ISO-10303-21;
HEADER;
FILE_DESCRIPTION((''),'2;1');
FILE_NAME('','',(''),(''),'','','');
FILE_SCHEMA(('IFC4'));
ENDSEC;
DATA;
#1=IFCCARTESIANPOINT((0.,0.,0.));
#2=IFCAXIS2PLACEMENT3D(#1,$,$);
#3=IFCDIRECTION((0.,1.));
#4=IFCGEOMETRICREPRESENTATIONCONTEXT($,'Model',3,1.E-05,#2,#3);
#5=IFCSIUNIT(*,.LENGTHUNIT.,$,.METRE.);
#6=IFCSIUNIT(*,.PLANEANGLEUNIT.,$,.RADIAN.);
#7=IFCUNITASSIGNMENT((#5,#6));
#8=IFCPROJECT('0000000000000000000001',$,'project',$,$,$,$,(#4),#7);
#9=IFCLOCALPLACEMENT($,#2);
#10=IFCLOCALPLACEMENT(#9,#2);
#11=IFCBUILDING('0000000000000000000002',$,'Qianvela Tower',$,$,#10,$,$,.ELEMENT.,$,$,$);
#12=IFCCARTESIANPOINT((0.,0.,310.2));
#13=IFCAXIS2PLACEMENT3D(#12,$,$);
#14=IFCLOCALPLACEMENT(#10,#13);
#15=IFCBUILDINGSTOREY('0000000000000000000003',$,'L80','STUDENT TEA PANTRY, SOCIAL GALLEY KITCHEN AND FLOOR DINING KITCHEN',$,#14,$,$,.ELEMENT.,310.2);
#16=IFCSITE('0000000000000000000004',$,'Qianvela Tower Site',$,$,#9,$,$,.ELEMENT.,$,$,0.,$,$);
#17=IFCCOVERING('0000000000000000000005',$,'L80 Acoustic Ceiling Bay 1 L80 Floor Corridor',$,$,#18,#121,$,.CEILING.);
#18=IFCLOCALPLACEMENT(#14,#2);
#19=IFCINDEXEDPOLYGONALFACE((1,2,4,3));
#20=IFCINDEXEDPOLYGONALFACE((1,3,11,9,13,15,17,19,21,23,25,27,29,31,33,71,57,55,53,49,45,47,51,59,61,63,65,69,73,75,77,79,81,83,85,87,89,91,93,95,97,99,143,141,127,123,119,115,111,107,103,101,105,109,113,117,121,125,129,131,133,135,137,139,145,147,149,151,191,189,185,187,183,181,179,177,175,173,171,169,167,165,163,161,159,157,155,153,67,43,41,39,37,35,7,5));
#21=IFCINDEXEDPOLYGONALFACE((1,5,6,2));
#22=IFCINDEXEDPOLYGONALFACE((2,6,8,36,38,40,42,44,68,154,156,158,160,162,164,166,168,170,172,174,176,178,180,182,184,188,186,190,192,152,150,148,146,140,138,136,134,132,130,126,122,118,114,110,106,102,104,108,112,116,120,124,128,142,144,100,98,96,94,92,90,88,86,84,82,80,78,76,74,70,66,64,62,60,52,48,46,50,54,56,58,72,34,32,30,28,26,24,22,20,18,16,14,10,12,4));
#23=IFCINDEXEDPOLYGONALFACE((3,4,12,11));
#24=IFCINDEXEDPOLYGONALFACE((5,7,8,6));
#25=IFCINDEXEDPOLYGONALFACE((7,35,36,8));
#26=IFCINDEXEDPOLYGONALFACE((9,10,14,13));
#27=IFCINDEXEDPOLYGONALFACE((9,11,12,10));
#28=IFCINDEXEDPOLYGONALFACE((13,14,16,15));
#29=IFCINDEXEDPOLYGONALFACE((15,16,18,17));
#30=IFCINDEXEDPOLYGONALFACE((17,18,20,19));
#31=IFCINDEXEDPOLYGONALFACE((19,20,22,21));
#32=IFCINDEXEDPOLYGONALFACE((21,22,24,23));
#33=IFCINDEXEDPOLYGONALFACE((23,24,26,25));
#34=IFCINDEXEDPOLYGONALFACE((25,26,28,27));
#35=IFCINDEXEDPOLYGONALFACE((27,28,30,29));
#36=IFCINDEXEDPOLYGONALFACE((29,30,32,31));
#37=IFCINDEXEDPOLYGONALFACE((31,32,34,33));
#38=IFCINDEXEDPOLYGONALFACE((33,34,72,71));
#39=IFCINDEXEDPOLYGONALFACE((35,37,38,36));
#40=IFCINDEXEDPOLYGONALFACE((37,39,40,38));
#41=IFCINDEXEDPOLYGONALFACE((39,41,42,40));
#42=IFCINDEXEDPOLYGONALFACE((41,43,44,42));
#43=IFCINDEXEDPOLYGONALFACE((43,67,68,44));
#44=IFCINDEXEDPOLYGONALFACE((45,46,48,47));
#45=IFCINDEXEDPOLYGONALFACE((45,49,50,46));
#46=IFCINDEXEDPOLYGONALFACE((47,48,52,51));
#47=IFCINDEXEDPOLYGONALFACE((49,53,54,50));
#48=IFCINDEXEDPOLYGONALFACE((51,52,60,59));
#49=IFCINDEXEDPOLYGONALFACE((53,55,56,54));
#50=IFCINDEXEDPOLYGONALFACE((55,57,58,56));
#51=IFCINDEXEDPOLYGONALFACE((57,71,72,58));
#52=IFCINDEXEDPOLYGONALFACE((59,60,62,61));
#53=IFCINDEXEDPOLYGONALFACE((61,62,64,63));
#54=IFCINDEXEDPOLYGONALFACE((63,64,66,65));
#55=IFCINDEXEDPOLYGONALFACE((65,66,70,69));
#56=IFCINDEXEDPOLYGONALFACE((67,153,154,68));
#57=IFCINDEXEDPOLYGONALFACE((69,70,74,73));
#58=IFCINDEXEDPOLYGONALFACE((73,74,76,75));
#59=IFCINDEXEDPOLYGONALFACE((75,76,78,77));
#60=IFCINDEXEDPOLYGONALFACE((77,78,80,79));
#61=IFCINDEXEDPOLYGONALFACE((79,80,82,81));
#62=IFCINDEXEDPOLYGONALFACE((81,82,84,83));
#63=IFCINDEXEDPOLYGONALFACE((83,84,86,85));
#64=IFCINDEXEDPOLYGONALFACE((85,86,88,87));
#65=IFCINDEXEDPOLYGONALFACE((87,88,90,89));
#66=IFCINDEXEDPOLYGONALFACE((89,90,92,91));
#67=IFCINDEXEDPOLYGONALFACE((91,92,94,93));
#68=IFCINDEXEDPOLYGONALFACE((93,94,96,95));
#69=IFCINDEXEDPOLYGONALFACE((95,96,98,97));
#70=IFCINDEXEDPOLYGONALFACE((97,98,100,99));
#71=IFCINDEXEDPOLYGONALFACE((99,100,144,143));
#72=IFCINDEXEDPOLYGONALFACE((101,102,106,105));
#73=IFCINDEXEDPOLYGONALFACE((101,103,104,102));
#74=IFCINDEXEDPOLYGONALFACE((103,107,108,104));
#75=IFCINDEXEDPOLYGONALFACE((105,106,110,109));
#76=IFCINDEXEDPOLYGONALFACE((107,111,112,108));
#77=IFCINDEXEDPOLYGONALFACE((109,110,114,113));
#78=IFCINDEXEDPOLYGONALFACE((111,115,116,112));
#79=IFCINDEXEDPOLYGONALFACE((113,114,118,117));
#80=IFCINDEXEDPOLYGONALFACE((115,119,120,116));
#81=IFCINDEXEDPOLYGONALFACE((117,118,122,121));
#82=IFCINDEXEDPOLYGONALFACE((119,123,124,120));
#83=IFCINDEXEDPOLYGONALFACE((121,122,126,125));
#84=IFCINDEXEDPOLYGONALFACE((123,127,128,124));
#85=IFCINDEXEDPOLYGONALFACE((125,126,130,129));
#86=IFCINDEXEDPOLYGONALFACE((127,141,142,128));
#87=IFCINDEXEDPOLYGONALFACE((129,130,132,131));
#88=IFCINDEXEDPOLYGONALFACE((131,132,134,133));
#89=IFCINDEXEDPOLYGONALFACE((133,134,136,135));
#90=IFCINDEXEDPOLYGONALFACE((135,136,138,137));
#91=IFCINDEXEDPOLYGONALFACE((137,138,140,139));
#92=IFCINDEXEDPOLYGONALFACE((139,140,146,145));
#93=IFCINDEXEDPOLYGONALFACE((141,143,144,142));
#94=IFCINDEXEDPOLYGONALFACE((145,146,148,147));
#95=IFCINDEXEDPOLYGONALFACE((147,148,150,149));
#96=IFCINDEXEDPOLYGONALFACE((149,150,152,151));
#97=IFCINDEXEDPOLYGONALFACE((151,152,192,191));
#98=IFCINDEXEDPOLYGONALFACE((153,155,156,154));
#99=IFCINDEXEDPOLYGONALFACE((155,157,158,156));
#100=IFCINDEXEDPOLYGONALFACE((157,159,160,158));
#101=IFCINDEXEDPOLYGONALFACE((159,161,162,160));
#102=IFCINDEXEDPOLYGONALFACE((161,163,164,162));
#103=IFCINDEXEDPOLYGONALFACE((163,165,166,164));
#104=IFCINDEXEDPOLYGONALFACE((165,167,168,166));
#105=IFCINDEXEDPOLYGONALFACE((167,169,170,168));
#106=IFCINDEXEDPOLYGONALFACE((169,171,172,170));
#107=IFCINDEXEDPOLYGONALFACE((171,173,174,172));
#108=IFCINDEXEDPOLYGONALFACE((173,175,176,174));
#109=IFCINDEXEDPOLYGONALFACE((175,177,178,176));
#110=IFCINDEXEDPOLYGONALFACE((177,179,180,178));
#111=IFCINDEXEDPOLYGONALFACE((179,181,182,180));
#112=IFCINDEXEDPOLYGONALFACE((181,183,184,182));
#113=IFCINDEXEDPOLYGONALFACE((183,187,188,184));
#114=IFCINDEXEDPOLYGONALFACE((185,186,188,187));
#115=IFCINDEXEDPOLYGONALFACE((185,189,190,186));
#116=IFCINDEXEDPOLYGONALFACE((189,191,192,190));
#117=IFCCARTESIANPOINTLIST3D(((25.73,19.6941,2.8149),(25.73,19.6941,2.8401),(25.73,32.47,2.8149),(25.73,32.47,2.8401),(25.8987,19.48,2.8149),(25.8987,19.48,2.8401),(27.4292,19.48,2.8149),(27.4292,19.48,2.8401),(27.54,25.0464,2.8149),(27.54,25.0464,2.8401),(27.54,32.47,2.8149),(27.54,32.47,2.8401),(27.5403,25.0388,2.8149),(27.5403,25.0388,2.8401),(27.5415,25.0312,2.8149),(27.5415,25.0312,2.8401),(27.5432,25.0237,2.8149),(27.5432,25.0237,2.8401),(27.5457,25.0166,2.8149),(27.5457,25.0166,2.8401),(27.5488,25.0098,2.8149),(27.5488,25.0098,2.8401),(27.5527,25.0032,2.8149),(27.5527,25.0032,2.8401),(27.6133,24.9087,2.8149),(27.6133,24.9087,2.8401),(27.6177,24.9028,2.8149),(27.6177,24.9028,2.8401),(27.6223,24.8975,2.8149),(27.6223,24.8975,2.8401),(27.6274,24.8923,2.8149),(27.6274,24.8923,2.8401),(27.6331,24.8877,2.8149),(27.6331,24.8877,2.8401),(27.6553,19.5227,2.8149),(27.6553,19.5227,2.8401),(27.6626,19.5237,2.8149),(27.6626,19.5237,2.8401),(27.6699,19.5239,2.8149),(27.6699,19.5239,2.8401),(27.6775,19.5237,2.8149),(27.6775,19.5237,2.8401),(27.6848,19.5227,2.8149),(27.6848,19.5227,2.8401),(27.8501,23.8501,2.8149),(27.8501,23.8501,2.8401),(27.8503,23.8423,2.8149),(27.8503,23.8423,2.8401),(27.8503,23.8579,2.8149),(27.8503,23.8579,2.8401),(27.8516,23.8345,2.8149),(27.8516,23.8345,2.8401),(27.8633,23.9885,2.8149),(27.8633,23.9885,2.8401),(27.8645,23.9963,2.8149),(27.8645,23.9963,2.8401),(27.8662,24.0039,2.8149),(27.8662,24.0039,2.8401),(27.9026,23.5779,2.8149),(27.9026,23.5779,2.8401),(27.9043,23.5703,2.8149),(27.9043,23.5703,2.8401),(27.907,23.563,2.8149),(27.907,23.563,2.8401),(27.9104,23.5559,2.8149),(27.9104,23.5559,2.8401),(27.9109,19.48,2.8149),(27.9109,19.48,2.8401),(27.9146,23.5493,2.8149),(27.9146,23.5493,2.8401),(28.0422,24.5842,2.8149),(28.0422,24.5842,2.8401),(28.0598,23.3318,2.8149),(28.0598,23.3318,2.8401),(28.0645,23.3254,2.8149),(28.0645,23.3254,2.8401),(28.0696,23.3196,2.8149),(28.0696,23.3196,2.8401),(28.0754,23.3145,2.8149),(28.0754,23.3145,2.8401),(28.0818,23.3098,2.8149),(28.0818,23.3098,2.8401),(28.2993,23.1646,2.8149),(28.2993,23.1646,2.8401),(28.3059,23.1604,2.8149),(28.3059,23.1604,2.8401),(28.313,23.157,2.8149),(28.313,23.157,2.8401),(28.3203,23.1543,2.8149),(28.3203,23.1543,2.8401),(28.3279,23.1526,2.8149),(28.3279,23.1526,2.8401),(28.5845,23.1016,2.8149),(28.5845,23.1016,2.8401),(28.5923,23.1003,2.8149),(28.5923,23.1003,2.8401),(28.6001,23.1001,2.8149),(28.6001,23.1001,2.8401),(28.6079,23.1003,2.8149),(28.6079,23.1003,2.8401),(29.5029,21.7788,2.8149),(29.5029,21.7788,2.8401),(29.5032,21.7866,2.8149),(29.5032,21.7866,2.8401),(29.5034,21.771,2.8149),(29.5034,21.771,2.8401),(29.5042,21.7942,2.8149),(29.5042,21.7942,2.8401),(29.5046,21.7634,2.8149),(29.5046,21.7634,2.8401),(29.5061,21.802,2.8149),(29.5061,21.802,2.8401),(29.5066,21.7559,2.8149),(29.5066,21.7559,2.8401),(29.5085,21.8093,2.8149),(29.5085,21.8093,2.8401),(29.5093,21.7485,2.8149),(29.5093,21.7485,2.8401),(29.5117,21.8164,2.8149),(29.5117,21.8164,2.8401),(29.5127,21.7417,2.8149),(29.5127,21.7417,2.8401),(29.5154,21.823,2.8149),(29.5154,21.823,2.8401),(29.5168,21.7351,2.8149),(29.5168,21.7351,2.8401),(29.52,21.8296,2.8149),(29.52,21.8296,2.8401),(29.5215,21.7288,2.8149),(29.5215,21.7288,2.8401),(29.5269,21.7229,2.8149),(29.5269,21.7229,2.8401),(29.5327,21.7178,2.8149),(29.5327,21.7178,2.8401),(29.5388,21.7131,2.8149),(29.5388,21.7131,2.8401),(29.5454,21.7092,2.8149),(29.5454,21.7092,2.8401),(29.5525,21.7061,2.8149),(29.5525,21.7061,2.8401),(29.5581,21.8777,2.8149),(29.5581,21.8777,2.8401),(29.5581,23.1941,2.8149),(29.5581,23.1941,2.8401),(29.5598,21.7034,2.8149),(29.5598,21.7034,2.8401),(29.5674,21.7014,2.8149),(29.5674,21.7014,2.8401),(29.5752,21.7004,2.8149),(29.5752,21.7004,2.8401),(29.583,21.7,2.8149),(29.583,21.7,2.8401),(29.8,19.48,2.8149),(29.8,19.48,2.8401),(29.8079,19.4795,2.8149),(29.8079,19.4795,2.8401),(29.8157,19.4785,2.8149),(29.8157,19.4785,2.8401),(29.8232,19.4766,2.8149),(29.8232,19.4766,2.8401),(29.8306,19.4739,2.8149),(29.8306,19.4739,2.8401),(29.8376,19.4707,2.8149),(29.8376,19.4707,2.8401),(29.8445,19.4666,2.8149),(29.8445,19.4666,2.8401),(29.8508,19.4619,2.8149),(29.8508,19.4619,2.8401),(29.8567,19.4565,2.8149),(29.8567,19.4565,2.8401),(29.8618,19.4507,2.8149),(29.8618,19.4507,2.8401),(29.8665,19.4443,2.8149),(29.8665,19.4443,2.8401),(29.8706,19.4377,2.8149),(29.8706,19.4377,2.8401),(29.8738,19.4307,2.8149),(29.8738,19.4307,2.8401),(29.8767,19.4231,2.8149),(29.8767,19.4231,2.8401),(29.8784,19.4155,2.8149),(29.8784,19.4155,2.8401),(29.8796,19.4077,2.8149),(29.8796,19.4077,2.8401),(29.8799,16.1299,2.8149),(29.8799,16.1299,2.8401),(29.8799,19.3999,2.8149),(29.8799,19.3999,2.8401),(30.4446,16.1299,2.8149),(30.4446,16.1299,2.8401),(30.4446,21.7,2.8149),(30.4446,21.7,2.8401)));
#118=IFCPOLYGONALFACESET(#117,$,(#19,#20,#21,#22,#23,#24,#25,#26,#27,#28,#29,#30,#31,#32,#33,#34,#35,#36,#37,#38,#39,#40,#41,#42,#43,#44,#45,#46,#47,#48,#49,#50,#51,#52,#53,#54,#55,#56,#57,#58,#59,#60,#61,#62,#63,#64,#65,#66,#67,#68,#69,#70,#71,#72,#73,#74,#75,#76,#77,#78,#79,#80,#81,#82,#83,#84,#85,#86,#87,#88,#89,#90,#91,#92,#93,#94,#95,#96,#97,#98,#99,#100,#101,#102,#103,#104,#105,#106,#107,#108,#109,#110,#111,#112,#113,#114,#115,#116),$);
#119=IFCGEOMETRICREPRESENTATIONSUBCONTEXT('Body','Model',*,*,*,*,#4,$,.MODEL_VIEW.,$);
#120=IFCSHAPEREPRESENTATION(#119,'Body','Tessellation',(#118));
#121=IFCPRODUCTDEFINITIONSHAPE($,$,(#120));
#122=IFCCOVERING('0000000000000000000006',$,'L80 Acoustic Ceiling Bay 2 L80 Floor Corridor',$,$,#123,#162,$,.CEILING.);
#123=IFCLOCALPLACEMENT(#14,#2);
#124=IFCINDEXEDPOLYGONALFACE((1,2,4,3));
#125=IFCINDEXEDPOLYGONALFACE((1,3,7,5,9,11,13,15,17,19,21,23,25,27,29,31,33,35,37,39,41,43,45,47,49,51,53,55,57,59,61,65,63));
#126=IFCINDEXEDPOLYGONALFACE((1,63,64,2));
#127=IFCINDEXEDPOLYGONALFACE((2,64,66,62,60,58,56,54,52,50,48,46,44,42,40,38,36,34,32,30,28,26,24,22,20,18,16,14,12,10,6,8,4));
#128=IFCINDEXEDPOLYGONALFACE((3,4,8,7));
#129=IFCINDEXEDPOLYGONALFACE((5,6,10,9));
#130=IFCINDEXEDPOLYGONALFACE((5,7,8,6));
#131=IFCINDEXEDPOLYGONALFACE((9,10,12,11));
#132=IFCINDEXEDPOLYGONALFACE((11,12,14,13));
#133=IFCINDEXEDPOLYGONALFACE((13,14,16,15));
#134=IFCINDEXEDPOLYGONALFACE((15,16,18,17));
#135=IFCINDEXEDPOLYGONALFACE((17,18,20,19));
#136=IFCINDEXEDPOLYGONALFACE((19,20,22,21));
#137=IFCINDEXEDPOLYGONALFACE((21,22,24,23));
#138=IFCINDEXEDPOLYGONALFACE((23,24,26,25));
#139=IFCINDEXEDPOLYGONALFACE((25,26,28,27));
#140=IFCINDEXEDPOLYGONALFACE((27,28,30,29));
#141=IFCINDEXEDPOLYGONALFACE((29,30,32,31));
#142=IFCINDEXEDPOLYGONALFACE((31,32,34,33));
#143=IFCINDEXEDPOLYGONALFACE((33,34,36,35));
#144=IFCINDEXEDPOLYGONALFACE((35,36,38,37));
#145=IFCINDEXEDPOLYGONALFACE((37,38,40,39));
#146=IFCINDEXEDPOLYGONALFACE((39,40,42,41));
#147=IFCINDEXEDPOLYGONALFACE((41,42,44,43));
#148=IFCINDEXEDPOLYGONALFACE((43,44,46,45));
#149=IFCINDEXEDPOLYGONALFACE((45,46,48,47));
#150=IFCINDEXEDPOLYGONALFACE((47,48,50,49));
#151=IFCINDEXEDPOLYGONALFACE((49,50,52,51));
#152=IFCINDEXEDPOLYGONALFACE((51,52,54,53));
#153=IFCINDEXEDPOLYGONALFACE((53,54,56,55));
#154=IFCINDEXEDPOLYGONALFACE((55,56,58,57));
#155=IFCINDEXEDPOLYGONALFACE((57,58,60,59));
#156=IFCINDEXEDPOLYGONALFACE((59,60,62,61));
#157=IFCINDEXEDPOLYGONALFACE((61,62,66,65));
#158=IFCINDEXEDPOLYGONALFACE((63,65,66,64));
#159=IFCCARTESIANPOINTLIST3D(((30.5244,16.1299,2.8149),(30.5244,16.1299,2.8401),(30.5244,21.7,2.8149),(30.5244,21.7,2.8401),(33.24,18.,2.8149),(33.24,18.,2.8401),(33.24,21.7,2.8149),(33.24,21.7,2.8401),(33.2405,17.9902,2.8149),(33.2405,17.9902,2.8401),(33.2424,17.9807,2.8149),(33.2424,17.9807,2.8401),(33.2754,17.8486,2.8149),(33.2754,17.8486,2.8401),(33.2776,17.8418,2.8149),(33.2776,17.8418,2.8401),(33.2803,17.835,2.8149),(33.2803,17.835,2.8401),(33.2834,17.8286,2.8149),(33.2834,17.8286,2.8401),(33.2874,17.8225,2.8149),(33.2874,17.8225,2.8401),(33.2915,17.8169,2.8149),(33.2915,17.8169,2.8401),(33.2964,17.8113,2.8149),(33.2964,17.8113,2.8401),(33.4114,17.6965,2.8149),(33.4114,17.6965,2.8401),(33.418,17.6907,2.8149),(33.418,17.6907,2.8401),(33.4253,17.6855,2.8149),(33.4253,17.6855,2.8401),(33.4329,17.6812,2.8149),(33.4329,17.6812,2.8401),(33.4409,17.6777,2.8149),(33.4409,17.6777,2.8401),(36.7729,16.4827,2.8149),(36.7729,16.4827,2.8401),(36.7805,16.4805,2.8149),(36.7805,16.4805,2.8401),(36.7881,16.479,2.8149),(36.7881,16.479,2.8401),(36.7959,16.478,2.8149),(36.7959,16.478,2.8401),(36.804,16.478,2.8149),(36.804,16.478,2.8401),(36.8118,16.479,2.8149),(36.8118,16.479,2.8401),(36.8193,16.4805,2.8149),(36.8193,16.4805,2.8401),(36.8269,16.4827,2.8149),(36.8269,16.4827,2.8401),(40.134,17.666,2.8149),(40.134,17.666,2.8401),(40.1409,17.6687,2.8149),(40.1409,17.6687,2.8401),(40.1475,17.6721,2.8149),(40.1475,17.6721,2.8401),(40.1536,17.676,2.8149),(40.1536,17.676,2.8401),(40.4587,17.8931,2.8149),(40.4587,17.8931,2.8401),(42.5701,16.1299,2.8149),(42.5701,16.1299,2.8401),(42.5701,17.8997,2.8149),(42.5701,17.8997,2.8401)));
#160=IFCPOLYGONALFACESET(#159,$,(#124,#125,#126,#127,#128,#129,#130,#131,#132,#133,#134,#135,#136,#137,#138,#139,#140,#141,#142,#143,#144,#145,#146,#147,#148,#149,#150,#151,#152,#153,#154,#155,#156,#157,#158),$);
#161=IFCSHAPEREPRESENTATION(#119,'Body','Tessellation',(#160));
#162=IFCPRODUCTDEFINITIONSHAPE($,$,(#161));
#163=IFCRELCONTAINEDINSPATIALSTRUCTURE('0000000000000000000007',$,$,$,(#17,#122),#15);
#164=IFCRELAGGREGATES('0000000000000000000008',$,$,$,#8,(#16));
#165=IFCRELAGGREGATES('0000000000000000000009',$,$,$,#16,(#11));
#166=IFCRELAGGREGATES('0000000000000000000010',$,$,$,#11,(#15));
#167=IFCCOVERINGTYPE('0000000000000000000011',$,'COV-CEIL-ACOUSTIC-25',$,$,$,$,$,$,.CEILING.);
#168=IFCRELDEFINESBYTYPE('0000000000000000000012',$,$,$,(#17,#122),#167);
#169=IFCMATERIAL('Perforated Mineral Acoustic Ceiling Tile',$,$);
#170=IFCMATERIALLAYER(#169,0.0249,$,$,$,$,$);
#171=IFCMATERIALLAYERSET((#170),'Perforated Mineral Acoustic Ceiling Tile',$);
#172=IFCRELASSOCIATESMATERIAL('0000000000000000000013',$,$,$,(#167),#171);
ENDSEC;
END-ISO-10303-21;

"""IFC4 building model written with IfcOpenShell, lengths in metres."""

from ifc_helpers import new_model, si_unit, direction, frame, origin, place, context, subcontext, project, spatial, polyline, outline, extrude, material, layer, layer_set, type_object, element, save


model = new_model("IFC4")

# Units and contexts
model_context = context("Model", 3, precision=1e-05, world=origin(), true_north=direction((0.0, 1.0)))
body_context = subcontext(model_context, "Body", "Model", "MODEL_VIEW")
ifc_project = project(units=[si_unit("LENGTHUNIT", "METRE"), si_unit("PLANEANGLEUNIT", "RADIAN")], contexts=[model_context])

# Site, building, storey
site_placement = place(None, origin())
site = spatial("IfcSite", under=ifc_project, at=site_placement, Name="Qianvela Tower Site", CompositionType="ELEMENT", RefElevation=0.0)
building_placement = place(site_placement, origin())
building = spatial("IfcBuilding", under=site, at=building_placement, Name="Qianvela Tower", CompositionType="ELEMENT")
storey_placement = place(building_placement, frame((0.0, 0.0, 310.2)))
storey = spatial("IfcBuildingStorey", under=building, at=storey_placement, Name="L80", Description="STUDENT TEA PANTRY, SOCIAL GALLEY KITCHEN AND FLOOR DINING KITCHEN", CompositionType="ELEMENT", Elevation=310.2)

# Coverings
ifc_material_1 = material(Name="Perforated Mineral Acoustic Ceiling Tile")
ifc_layer_1 = layer(ifc_material_1, 0.0249)
ifc_layer_set_1 = layer_set([ifc_layer_1], Name="Perforated Mineral Acoustic Ceiling Tile")
covering_type_1 = type_object("IfcCoveringType", Name="COV-CEIL-ACOUSTIC-25", PredefinedType="CEILING", material=ifc_layer_set_1)
covering_1_placement = place(storey_placement, frame((0.0, 0.0, 2.8149)))
element("IfcCovering", 1, at=covering_1_placement, inside=storey, type_object=covering_type_1, Name="L80 Acoustic Ceiling Bay 1 L80 Floor Corridor", PredefinedType="CEILING", context=body_context, shape_type="SweptSolid", body=[
    extrude(outline(polyline([(27.54, 32.47), (27.54, 25.0464), (27.5403, 25.0388), (27.5415, 25.0312), (27.5432, 25.0237), (27.5457, 25.0166), (27.5488, 25.0098), (27.5527, 25.0032), (27.6133, 24.9087), (27.6177, 24.9028), (27.6223, 24.8975), (27.6274, 24.8923), (27.6331, 24.8877), (28.0422, 24.5842), (27.8662, 24.0039), (27.8645, 23.9963), (27.8633, 23.9885), (27.8503, 23.8579), (27.8501, 23.8501), (27.8503, 23.8423), (27.8516, 23.8345), (27.9026, 23.5779), (27.9043, 23.5703), (27.907, 23.563), (27.9104, 23.5559), (27.9146, 23.5493), (28.0598, 23.3318), (28.0645, 23.3254), (28.0696, 23.3196), (28.0754, 23.3145), (28.0818, 23.3098), (28.2993, 23.1646), (28.3059, 23.1604), (28.313, 23.157), (28.3203, 23.1543), (28.3279, 23.1526), (28.5845, 23.1016), (28.5923, 23.1003), (28.6001, 23.1001), (28.6079, 23.1003), (29.5581, 23.1941), (29.5581, 21.8777), (29.52, 21.8296), (29.5154, 21.823), (29.5117, 21.8164), (29.5085, 21.8093), (29.5061, 21.802), (29.5042, 21.7942), (29.5032, 21.7866), (29.5029, 21.7788), (29.5034, 21.771), (29.5046, 21.7634), (29.5066, 21.7559), (29.5093, 21.7485), (29.5127, 21.7417), (29.5168, 21.7351), (29.5215, 21.7288), (29.5269, 21.7229), (29.5327, 21.7178), (29.5388, 21.7131), (29.5454, 21.7092), (29.5525, 21.7061), (29.5598, 21.7034), (29.5674, 21.7014), (29.5752, 21.7004), (29.583, 21.7), (30.4446, 21.7), (30.4446, 16.1299), (29.8799, 16.1299), (29.8799, 19.3999), (29.8796, 19.4077), (29.8784, 19.4155), (29.8767, 19.4231), (29.8738, 19.4307), (29.8706, 19.4377), (29.8665, 19.4443), (29.8618, 19.4507), (29.8567, 19.4565), (29.8508, 19.4619), (29.8445, 19.4666), (29.8376, 19.4707), (29.8306, 19.4739), (29.8232, 19.4766), (29.8157, 19.4785), (29.8079, 19.4795), (29.8, 19.48), (27.9109, 19.48), (27.6848, 19.5227), (27.6775, 19.5237), (27.6699, 19.5239), (27.6626, 19.5237), (27.6553, 19.5227), (27.4292, 19.48), (25.8987, 19.48), (25.73, 19.6941), (25.73, 32.47), (27.54, 32.47)])), origin(), (0.0, 0.0, 1.0), 0.0251),
])
covering_2_placement = place(storey_placement, frame((0.0, 0.0, 2.8149)))
element("IfcCovering", 2, at=covering_2_placement, inside=storey, type_object=covering_type_1, Name="L80 Acoustic Ceiling Bay 2 L80 Floor Corridor", PredefinedType="CEILING", context=body_context, shape_type="SweptSolid", body=[
    extrude(outline(polyline([(33.24, 21.7), (33.24, 18.0), (33.2405, 17.9902), (33.2424, 17.9807), (33.2754, 17.8486), (33.2776, 17.8418), (33.2803, 17.835), (33.2834, 17.8286), (33.2874, 17.8225), (33.2915, 17.8169), (33.2964, 17.8113), (33.4114, 17.6965), (33.418, 17.6907), (33.4253, 17.6855), (33.4329, 17.6812), (33.4409, 17.6777), (36.7729, 16.4827), (36.7805, 16.4805), (36.7881, 16.479), (36.7959, 16.478), (36.804, 16.478), (36.8118, 16.479), (36.8193, 16.4805), (36.8269, 16.4827), (40.134, 17.666), (40.1409, 17.6687), (40.1475, 17.6721), (40.1536, 17.676), (40.4587, 17.8931), (42.5701, 17.8997), (42.5701, 16.1299), (30.5244, 16.1299), (30.5244, 21.7), (33.24, 21.7)])), origin(), (0.0, 0.0, 1.0), 0.0251),
])

save(model, "model.ifc")
